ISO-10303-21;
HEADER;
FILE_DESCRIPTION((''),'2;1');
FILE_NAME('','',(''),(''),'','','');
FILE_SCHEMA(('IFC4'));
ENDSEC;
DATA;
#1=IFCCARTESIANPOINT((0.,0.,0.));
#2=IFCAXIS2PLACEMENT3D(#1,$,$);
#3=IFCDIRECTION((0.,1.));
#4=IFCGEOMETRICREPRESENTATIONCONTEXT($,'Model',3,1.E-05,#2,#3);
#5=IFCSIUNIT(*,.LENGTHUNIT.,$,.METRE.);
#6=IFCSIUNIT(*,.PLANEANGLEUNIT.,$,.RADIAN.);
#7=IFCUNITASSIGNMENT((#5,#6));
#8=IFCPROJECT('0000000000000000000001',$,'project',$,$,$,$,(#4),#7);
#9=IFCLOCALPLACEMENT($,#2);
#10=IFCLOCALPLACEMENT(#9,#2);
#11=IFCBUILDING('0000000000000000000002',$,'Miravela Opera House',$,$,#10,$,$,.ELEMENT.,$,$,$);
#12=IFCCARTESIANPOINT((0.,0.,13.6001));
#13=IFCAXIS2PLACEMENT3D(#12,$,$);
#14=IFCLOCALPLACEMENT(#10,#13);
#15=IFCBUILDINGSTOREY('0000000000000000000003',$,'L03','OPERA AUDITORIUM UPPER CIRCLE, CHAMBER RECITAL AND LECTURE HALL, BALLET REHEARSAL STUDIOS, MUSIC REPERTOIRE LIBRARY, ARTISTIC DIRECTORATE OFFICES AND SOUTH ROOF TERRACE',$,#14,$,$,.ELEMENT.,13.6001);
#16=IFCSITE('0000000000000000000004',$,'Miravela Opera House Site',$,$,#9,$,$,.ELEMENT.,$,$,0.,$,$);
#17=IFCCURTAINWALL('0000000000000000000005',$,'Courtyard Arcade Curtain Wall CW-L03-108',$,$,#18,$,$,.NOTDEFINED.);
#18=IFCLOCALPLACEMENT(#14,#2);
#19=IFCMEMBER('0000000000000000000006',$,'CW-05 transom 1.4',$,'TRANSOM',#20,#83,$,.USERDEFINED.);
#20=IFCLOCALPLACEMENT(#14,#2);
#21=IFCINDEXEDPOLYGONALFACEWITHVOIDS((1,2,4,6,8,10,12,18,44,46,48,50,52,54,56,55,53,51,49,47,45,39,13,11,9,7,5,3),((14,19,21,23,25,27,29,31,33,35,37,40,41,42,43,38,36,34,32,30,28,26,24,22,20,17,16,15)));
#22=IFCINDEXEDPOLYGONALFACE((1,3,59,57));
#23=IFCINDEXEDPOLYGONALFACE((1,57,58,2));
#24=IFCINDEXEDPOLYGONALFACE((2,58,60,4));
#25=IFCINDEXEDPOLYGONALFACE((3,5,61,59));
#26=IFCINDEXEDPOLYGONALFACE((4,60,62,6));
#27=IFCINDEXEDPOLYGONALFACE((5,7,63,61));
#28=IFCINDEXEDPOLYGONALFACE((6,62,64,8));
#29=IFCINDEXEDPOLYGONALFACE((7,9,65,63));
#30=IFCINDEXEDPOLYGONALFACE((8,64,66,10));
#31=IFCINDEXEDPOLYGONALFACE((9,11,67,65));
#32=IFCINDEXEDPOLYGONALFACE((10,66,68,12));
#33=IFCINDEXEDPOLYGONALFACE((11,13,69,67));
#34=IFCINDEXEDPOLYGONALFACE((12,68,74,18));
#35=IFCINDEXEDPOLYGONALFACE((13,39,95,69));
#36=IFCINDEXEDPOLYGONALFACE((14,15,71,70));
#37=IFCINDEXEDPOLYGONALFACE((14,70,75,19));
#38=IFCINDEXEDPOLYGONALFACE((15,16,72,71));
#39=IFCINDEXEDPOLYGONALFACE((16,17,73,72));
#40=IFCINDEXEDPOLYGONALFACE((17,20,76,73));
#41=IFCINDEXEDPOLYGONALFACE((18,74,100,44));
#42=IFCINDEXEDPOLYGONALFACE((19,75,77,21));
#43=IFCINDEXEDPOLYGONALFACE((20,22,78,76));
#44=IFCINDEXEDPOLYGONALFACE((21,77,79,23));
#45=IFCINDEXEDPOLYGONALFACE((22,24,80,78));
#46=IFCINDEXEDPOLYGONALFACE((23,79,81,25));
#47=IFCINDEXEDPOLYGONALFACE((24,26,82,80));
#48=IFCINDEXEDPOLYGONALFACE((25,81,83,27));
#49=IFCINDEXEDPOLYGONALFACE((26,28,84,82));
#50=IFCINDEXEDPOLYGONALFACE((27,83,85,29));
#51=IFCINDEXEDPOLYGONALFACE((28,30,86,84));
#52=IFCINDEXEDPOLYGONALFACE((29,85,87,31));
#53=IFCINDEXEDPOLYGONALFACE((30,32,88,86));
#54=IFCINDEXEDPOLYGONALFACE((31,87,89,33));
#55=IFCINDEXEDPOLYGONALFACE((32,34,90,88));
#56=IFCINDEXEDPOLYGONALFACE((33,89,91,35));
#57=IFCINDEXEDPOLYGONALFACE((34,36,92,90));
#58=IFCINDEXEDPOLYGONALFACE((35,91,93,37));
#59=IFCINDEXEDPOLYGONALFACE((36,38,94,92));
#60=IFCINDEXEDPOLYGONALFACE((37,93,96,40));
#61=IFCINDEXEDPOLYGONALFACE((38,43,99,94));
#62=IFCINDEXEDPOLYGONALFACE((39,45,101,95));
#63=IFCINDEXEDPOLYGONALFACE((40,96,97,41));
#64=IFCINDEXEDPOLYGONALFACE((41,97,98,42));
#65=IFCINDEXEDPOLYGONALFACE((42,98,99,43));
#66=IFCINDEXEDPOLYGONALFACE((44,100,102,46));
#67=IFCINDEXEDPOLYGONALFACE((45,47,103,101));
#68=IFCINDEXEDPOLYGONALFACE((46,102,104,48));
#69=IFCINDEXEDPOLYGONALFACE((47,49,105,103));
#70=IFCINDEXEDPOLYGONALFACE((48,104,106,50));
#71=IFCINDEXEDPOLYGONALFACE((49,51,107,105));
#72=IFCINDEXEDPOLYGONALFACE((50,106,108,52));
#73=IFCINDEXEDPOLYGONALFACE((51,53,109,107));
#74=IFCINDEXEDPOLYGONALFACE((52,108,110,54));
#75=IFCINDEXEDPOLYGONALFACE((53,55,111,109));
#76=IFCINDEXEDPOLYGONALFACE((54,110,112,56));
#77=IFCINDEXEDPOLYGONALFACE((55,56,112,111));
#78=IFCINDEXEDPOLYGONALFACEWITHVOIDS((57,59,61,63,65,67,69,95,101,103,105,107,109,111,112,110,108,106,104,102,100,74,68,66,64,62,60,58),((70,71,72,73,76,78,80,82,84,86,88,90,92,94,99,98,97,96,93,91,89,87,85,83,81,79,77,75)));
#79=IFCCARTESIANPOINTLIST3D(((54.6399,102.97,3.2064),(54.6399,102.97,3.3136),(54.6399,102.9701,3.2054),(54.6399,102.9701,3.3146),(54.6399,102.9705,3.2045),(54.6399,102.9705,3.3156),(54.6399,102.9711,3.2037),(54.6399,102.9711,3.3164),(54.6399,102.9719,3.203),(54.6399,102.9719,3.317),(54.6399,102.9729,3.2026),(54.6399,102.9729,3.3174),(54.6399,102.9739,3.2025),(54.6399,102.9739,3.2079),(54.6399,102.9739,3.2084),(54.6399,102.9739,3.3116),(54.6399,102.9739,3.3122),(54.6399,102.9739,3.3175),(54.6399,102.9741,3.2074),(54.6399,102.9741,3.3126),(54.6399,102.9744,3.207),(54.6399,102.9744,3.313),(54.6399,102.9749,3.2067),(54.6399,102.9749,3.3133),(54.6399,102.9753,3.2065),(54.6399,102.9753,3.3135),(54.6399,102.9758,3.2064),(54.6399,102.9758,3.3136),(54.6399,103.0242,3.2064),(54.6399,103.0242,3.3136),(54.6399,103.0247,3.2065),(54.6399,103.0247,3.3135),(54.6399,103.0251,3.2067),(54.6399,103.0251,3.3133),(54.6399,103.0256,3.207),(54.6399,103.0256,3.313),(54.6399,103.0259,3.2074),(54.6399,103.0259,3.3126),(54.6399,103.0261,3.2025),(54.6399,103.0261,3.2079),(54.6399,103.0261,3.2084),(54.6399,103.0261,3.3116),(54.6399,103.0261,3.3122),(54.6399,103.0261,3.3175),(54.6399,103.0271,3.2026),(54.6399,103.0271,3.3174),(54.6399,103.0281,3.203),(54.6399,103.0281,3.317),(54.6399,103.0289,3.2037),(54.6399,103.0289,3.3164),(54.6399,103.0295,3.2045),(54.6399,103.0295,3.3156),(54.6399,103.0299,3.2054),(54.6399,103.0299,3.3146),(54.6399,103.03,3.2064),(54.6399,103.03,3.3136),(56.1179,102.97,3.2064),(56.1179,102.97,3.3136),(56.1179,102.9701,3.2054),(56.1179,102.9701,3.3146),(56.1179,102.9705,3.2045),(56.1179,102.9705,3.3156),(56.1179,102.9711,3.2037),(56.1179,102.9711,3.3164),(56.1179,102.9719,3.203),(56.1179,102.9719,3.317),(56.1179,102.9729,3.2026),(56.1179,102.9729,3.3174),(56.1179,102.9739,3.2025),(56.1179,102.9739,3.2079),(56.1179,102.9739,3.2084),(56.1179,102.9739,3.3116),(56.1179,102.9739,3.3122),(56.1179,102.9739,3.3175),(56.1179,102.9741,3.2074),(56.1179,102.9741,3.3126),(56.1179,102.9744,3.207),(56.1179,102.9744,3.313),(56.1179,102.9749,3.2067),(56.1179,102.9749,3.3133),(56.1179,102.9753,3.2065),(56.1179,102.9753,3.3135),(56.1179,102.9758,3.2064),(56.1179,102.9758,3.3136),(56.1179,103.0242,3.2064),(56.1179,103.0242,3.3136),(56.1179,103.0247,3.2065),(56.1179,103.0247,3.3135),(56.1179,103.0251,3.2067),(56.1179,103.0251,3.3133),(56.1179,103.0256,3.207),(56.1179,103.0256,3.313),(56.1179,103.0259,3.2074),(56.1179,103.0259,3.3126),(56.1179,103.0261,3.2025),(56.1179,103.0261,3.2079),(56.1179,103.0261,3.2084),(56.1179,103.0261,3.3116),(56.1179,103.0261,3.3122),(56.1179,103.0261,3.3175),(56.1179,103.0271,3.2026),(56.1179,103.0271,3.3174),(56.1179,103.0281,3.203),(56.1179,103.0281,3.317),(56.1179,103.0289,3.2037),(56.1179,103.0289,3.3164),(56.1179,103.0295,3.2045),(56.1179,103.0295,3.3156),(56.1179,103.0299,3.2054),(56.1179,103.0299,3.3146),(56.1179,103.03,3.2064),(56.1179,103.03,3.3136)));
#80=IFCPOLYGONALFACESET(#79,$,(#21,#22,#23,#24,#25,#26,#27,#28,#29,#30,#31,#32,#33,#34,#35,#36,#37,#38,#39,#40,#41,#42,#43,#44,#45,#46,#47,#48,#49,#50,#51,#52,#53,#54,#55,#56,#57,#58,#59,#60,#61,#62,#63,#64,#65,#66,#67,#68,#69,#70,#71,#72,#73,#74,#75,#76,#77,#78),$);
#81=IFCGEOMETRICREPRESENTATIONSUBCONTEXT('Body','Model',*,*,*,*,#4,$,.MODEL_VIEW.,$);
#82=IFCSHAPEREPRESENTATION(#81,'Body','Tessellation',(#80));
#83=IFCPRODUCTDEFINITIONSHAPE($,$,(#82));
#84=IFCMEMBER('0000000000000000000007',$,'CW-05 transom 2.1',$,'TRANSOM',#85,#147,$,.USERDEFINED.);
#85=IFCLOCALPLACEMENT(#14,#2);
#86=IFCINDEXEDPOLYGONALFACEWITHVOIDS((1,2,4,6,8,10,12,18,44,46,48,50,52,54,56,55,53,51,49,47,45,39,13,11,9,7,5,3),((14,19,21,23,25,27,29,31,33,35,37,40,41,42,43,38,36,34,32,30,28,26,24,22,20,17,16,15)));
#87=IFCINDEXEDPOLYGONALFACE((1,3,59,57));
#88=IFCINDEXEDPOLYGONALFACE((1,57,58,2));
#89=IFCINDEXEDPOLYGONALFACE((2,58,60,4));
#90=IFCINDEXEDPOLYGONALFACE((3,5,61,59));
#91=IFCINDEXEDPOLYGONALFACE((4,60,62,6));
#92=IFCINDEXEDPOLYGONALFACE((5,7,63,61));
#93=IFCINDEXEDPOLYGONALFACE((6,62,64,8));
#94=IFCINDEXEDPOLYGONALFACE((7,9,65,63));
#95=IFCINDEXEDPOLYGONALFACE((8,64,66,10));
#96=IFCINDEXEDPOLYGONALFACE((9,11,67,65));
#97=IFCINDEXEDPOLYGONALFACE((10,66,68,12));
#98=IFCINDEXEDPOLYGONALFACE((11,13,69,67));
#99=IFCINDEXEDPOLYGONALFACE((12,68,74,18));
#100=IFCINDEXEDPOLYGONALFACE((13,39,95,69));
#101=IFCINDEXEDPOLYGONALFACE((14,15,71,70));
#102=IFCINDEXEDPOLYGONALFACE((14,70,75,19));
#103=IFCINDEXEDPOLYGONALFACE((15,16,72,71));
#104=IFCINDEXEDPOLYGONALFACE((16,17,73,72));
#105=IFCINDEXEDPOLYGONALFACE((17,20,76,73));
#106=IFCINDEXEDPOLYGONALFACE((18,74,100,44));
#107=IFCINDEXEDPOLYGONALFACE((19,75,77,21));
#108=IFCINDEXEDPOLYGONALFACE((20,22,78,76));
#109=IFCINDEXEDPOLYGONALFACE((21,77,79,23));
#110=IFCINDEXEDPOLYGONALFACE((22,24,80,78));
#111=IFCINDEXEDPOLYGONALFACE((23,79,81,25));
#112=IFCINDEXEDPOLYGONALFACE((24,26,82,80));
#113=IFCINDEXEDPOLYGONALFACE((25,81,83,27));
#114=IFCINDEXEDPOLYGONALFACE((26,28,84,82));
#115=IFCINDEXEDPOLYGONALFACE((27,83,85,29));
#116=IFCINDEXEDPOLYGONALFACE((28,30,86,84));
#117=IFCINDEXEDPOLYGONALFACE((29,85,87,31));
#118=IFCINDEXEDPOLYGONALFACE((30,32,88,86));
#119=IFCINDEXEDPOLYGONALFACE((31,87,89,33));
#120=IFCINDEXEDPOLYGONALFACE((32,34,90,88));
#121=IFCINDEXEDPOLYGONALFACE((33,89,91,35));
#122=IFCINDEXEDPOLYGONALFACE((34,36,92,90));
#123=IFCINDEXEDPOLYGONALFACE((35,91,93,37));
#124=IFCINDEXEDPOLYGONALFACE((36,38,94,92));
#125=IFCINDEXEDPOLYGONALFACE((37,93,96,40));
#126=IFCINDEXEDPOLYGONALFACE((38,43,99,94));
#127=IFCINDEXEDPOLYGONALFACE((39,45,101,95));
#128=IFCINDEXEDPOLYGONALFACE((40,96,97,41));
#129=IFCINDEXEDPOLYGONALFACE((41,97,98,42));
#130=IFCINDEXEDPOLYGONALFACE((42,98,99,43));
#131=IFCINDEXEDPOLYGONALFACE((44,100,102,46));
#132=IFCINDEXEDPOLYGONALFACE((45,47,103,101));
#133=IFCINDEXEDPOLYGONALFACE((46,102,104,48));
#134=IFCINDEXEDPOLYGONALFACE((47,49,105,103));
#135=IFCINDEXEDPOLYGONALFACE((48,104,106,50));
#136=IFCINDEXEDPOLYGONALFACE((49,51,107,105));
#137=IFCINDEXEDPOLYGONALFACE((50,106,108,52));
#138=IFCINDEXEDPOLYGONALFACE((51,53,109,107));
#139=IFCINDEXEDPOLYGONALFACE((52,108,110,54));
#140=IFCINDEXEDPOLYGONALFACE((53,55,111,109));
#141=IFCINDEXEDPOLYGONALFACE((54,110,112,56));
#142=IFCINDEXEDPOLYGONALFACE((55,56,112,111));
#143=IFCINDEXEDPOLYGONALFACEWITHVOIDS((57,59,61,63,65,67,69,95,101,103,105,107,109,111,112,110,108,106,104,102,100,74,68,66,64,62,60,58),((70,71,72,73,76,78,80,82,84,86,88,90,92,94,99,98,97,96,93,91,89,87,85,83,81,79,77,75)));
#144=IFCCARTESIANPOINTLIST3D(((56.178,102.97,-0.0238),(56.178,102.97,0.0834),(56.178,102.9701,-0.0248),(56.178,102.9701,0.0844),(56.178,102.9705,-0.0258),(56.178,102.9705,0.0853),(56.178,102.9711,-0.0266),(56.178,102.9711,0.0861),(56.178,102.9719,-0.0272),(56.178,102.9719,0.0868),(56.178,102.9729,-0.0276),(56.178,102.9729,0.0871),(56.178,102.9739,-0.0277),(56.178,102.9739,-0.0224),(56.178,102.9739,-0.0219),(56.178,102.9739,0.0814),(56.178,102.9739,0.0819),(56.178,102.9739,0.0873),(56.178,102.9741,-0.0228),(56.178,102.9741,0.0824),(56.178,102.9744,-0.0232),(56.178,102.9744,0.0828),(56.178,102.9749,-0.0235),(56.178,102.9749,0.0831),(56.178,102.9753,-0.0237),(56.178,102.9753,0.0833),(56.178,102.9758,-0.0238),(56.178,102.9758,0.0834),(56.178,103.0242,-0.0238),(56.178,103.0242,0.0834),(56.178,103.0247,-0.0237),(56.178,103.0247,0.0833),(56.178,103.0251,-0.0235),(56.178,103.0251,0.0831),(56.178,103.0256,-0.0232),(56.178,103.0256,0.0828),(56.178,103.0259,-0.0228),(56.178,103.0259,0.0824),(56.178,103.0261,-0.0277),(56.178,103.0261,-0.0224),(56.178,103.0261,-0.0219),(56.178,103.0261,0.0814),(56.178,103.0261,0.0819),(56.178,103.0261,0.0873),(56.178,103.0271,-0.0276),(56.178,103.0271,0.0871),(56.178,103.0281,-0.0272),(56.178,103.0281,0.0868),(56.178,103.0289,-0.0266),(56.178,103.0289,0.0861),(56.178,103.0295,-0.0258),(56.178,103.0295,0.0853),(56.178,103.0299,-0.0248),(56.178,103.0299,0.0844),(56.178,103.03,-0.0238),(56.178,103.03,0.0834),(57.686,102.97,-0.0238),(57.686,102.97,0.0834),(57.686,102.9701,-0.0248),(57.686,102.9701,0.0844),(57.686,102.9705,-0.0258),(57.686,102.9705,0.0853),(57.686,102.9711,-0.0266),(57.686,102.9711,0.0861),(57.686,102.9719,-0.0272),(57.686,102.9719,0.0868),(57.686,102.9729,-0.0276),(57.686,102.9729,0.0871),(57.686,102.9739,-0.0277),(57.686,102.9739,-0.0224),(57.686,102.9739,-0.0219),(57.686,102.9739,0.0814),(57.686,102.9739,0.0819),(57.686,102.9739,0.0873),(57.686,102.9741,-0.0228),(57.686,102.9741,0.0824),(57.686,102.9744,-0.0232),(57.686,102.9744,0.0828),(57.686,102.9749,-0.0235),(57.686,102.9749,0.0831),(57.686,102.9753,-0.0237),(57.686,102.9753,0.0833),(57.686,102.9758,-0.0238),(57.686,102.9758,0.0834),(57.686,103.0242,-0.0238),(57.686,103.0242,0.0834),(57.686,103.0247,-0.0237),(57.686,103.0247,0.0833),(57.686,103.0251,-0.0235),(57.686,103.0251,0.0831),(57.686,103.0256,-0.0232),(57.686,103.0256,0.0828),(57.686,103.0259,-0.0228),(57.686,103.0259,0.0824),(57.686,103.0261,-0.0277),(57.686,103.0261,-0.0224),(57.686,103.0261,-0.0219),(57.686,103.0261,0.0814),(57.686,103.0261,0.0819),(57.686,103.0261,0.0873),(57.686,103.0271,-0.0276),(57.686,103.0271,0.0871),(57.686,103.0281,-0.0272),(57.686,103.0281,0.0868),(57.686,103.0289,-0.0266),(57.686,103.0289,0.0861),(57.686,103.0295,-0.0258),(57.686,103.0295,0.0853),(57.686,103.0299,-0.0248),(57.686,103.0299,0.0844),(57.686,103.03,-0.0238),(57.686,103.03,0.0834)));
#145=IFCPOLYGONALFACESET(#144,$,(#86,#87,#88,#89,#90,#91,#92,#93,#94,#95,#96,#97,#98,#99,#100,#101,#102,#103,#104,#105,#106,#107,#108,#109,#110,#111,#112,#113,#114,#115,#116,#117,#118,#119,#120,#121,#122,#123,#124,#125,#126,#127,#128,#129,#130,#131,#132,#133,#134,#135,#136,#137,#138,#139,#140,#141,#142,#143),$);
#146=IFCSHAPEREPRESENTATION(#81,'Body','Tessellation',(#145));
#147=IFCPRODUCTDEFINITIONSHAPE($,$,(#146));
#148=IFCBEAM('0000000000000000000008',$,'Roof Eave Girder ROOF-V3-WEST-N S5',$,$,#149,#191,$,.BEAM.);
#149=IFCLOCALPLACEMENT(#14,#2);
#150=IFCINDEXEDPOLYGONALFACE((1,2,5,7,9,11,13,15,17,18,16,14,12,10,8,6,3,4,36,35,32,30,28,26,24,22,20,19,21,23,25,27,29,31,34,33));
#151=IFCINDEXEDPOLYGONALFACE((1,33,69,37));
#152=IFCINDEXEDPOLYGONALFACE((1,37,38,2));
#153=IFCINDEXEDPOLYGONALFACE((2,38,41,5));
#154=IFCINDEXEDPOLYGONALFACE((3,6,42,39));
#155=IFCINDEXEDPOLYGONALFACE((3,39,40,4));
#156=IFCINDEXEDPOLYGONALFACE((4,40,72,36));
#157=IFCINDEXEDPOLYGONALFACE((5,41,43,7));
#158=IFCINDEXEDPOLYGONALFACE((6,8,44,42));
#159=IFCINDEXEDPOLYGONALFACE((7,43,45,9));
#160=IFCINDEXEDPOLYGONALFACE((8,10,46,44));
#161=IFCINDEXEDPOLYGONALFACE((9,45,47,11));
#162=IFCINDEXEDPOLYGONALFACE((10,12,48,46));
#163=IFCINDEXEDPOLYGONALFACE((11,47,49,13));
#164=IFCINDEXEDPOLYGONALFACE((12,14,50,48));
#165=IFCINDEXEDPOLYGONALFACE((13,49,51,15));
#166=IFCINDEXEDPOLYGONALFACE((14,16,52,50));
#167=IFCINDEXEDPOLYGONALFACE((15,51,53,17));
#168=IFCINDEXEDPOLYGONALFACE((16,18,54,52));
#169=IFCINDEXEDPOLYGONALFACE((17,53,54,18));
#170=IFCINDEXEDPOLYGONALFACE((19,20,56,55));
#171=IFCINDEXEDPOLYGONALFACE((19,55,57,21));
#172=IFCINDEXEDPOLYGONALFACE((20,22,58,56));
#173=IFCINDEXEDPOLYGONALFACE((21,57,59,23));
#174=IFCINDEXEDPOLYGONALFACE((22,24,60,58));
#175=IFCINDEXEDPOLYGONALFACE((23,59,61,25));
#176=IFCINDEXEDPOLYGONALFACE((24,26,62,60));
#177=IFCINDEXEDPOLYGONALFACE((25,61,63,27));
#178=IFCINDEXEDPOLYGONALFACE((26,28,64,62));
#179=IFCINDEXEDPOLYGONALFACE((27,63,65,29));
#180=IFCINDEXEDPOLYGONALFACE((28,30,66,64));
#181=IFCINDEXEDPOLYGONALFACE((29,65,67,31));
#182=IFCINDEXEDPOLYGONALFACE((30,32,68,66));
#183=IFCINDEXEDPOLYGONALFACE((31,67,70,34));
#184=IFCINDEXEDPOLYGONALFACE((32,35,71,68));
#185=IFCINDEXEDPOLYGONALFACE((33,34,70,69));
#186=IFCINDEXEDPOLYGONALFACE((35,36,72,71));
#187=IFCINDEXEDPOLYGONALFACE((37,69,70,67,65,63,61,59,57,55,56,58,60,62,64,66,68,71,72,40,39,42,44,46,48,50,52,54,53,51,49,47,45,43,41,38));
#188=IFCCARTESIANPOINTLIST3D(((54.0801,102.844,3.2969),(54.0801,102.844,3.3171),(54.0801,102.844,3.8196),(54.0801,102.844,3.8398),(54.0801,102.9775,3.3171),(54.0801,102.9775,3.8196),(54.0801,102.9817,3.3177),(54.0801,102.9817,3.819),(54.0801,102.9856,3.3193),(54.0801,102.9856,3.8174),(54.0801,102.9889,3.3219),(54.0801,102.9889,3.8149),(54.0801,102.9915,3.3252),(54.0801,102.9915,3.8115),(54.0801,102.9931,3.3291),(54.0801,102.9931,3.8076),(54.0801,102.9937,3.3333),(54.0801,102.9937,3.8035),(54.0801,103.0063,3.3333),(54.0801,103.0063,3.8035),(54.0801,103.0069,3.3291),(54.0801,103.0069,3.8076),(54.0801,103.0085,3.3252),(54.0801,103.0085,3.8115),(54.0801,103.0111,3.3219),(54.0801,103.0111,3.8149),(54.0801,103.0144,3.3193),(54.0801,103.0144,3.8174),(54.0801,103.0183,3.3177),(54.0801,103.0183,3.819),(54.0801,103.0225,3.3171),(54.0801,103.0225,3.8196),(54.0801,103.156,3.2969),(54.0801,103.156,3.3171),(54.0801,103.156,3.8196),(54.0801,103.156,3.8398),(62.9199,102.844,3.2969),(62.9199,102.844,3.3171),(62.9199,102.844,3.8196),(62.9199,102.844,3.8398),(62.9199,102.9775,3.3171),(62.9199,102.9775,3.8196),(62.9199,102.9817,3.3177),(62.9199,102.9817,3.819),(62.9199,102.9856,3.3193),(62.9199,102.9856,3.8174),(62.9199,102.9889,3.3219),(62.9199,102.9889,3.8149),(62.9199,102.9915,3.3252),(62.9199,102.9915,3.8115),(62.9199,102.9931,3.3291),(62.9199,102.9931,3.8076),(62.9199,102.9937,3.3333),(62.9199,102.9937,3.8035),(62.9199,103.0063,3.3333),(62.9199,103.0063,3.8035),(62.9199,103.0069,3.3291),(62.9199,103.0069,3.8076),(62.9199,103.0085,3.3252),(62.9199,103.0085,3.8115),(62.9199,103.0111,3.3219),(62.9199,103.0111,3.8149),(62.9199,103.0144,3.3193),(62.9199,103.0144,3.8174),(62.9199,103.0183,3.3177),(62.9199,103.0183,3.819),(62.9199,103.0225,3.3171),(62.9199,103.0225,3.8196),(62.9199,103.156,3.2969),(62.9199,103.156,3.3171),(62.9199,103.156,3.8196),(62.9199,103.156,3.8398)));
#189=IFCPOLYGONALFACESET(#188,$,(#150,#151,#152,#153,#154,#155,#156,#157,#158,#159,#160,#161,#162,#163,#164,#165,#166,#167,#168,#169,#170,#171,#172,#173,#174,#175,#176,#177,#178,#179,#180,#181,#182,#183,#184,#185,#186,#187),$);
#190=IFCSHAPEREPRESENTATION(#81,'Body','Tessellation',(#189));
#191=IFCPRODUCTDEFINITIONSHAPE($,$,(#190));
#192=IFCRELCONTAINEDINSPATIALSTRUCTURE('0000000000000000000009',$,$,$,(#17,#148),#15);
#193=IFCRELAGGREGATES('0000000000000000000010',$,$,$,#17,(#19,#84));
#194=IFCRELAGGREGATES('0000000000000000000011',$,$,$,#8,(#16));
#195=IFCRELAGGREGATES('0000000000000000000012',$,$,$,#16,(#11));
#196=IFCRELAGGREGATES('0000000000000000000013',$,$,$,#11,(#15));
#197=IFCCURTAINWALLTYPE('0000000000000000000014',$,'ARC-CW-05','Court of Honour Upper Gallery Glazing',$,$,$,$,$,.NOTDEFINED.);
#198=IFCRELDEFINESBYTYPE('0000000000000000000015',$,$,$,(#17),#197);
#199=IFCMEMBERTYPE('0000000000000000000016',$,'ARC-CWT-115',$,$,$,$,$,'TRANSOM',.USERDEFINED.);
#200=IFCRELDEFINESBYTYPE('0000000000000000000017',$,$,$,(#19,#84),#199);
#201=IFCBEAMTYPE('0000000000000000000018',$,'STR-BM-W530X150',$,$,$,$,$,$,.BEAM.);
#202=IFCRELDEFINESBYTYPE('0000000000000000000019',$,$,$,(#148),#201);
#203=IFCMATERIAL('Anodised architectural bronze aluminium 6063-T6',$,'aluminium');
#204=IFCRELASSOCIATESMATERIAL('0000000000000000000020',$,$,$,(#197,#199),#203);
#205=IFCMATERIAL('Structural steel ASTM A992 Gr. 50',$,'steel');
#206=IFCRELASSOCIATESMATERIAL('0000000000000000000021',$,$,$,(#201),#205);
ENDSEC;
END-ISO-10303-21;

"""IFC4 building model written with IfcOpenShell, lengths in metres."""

from ifc_helpers import new_model, si_unit, direction, frame, origin, origin_2d, place, context, subcontext, project, spatial, hollow_rectangle, i_section, extrude, material, material_profile, profile_set, type_object, element, aggregate, save


model = new_model("IFC4")

# Units and contexts
model_context = context("Model", 3, precision=1e-05, world=origin(), true_north=direction((0.0, 1.0)))
body_context = subcontext(model_context, "Body", "Model", "MODEL_VIEW")
ifc_project = project(units=[si_unit("LENGTHUNIT", "METRE"), si_unit("PLANEANGLEUNIT", "RADIAN")], contexts=[model_context])

# Site, building, storey
site_placement = place(None, origin())
site = spatial("IfcSite", under=ifc_project, at=site_placement, Name="Miravela Opera House Site", CompositionType="ELEMENT", RefElevation=0.0)
building_placement = place(site_placement, origin())
building = spatial("IfcBuilding", under=site, at=building_placement, Name="Miravela Opera House", CompositionType="ELEMENT")
storey_placement = place(building_placement, frame((0.0, 0.0, 13.6001)))
storey = spatial("IfcBuildingStorey", under=building, at=storey_placement, Name="L03", Description="OPERA AUDITORIUM UPPER CIRCLE, CHAMBER RECITAL AND LECTURE HALL, BALLET REHEARSAL STUDIOS, MUSIC REPERTOIRE LIBRARY, ARTISTIC DIRECTORATE OFFICES AND SOUTH ROOF TERRACE", CompositionType="ELEMENT", Elevation=13.6001)

# Curtain wall
ifc_material_1 = material(Name="Anodised architectural bronze aluminium 6063-T6", Category="aluminium")
curtain_wall_type = type_object("IfcCurtainWallType", Name="ARC-CW-05", Description="Court of Honour Upper Gallery Glazing", PredefinedType="NOTDEFINED", material=ifc_material_1)
curtain_wall_1_placement = place(storey_placement, origin())
curtain_wall_1 = element("IfcCurtainWall", 1, at=curtain_wall_1_placement, inside=storey, type_object=curtain_wall_type, Name="Courtyard Arcade Curtain Wall CW-L03-108", PredefinedType="NOTDEFINED")

# Members
ifc_material_profile_1 = material_profile(ifc_material_1, hollow_rectangle(XDim=0.0601, YDim=0.115, WallThickness=0.0039, InnerFilletRadius=0.002, OuterFilletRadius=0.0039, at=origin_2d()), Name="CWT-60X115")
ifc_profile_set_1 = profile_set([ifc_material_profile_1])
member_type_1 = type_object("IfcMemberType", Name="ARC-CWT-115", ElementType="TRANSOM", PredefinedType="USERDEFINED", material=ifc_profile_set_1)
member_1_placement = place(storey_placement, frame((54.6399, 103.0, 3.26), z_axis=(1.0, 0.0, 0.0), x_axis=(0.0, 1.0, 0.0)))
member_1 = element("IfcMember", 2, at=member_1_placement, type_object=member_type_1, Name="CW-05 transom 1.4", ObjectType="TRANSOM", PredefinedType="USERDEFINED", context=body_context, shape_type="SweptSolid", body=[
    extrude(hollow_rectangle(XDim=0.0601, YDim=0.115, WallThickness=0.0039, InnerFilletRadius=0.002, OuterFilletRadius=0.0039, at=origin_2d()), origin(), (0.0, 0.0, 1.0), 1.478),
])
member_2_placement = place(storey_placement, frame((56.178, 103.0, 0.0298), z_axis=(1.0, 0.0, 0.0), x_axis=(0.0, 1.0, 0.0)))
member_2 = element("IfcMember", 3, at=member_2_placement, type_object=member_type_1, Name="CW-05 transom 2.1", ObjectType="TRANSOM", PredefinedType="USERDEFINED", context=body_context, shape_type="SweptSolid", body=[
    extrude(hollow_rectangle(XDim=0.0601, YDim=0.115, WallThickness=0.0039, InnerFilletRadius=0.002, OuterFilletRadius=0.0039, at=origin_2d()), origin(), (0.0, 0.0, 1.0), 1.5081),
])

# Beam
ifc_material_2 = material(Name="Structural steel ASTM A992 Gr. 50", Category="steel")
ifc_material_profile_2 = material_profile(ifc_material_2, i_section(OverallWidth=0.312, OverallDepth=0.543, WebThickness=0.0127, FlangeThickness=0.0203, FilletRadius=0.0161, at=origin_2d()), Name="W530X150")
ifc_profile_set_2 = profile_set([ifc_material_profile_2])
beam_type = type_object("IfcBeamType", Name="STR-BM-W530X150", PredefinedType="BEAM", material=ifc_profile_set_2)
beam_placement = place(storey_placement, frame((54.0801, 103.0, 3.5684), z_axis=(1.0, 0.0, 0.0), x_axis=(0.0, 1.0, 0.0)))
element("IfcBeam", 4, at=beam_placement, inside=storey, type_object=beam_type, Name="Roof Eave Girder ROOF-V3-WEST-N S5", PredefinedType="BEAM", context=body_context, shape_type="SweptSolid", body=[
    extrude(i_section(OverallWidth=0.312, OverallDepth=0.543, WebThickness=0.0127, FlangeThickness=0.0203, FilletRadius=0.0161, at=origin_2d()), origin(), (0.0, 0.0, 1.0), 8.8398),
])

aggregate(curtain_wall_1, [member_1, member_2])

save(model, "model.ifc")
